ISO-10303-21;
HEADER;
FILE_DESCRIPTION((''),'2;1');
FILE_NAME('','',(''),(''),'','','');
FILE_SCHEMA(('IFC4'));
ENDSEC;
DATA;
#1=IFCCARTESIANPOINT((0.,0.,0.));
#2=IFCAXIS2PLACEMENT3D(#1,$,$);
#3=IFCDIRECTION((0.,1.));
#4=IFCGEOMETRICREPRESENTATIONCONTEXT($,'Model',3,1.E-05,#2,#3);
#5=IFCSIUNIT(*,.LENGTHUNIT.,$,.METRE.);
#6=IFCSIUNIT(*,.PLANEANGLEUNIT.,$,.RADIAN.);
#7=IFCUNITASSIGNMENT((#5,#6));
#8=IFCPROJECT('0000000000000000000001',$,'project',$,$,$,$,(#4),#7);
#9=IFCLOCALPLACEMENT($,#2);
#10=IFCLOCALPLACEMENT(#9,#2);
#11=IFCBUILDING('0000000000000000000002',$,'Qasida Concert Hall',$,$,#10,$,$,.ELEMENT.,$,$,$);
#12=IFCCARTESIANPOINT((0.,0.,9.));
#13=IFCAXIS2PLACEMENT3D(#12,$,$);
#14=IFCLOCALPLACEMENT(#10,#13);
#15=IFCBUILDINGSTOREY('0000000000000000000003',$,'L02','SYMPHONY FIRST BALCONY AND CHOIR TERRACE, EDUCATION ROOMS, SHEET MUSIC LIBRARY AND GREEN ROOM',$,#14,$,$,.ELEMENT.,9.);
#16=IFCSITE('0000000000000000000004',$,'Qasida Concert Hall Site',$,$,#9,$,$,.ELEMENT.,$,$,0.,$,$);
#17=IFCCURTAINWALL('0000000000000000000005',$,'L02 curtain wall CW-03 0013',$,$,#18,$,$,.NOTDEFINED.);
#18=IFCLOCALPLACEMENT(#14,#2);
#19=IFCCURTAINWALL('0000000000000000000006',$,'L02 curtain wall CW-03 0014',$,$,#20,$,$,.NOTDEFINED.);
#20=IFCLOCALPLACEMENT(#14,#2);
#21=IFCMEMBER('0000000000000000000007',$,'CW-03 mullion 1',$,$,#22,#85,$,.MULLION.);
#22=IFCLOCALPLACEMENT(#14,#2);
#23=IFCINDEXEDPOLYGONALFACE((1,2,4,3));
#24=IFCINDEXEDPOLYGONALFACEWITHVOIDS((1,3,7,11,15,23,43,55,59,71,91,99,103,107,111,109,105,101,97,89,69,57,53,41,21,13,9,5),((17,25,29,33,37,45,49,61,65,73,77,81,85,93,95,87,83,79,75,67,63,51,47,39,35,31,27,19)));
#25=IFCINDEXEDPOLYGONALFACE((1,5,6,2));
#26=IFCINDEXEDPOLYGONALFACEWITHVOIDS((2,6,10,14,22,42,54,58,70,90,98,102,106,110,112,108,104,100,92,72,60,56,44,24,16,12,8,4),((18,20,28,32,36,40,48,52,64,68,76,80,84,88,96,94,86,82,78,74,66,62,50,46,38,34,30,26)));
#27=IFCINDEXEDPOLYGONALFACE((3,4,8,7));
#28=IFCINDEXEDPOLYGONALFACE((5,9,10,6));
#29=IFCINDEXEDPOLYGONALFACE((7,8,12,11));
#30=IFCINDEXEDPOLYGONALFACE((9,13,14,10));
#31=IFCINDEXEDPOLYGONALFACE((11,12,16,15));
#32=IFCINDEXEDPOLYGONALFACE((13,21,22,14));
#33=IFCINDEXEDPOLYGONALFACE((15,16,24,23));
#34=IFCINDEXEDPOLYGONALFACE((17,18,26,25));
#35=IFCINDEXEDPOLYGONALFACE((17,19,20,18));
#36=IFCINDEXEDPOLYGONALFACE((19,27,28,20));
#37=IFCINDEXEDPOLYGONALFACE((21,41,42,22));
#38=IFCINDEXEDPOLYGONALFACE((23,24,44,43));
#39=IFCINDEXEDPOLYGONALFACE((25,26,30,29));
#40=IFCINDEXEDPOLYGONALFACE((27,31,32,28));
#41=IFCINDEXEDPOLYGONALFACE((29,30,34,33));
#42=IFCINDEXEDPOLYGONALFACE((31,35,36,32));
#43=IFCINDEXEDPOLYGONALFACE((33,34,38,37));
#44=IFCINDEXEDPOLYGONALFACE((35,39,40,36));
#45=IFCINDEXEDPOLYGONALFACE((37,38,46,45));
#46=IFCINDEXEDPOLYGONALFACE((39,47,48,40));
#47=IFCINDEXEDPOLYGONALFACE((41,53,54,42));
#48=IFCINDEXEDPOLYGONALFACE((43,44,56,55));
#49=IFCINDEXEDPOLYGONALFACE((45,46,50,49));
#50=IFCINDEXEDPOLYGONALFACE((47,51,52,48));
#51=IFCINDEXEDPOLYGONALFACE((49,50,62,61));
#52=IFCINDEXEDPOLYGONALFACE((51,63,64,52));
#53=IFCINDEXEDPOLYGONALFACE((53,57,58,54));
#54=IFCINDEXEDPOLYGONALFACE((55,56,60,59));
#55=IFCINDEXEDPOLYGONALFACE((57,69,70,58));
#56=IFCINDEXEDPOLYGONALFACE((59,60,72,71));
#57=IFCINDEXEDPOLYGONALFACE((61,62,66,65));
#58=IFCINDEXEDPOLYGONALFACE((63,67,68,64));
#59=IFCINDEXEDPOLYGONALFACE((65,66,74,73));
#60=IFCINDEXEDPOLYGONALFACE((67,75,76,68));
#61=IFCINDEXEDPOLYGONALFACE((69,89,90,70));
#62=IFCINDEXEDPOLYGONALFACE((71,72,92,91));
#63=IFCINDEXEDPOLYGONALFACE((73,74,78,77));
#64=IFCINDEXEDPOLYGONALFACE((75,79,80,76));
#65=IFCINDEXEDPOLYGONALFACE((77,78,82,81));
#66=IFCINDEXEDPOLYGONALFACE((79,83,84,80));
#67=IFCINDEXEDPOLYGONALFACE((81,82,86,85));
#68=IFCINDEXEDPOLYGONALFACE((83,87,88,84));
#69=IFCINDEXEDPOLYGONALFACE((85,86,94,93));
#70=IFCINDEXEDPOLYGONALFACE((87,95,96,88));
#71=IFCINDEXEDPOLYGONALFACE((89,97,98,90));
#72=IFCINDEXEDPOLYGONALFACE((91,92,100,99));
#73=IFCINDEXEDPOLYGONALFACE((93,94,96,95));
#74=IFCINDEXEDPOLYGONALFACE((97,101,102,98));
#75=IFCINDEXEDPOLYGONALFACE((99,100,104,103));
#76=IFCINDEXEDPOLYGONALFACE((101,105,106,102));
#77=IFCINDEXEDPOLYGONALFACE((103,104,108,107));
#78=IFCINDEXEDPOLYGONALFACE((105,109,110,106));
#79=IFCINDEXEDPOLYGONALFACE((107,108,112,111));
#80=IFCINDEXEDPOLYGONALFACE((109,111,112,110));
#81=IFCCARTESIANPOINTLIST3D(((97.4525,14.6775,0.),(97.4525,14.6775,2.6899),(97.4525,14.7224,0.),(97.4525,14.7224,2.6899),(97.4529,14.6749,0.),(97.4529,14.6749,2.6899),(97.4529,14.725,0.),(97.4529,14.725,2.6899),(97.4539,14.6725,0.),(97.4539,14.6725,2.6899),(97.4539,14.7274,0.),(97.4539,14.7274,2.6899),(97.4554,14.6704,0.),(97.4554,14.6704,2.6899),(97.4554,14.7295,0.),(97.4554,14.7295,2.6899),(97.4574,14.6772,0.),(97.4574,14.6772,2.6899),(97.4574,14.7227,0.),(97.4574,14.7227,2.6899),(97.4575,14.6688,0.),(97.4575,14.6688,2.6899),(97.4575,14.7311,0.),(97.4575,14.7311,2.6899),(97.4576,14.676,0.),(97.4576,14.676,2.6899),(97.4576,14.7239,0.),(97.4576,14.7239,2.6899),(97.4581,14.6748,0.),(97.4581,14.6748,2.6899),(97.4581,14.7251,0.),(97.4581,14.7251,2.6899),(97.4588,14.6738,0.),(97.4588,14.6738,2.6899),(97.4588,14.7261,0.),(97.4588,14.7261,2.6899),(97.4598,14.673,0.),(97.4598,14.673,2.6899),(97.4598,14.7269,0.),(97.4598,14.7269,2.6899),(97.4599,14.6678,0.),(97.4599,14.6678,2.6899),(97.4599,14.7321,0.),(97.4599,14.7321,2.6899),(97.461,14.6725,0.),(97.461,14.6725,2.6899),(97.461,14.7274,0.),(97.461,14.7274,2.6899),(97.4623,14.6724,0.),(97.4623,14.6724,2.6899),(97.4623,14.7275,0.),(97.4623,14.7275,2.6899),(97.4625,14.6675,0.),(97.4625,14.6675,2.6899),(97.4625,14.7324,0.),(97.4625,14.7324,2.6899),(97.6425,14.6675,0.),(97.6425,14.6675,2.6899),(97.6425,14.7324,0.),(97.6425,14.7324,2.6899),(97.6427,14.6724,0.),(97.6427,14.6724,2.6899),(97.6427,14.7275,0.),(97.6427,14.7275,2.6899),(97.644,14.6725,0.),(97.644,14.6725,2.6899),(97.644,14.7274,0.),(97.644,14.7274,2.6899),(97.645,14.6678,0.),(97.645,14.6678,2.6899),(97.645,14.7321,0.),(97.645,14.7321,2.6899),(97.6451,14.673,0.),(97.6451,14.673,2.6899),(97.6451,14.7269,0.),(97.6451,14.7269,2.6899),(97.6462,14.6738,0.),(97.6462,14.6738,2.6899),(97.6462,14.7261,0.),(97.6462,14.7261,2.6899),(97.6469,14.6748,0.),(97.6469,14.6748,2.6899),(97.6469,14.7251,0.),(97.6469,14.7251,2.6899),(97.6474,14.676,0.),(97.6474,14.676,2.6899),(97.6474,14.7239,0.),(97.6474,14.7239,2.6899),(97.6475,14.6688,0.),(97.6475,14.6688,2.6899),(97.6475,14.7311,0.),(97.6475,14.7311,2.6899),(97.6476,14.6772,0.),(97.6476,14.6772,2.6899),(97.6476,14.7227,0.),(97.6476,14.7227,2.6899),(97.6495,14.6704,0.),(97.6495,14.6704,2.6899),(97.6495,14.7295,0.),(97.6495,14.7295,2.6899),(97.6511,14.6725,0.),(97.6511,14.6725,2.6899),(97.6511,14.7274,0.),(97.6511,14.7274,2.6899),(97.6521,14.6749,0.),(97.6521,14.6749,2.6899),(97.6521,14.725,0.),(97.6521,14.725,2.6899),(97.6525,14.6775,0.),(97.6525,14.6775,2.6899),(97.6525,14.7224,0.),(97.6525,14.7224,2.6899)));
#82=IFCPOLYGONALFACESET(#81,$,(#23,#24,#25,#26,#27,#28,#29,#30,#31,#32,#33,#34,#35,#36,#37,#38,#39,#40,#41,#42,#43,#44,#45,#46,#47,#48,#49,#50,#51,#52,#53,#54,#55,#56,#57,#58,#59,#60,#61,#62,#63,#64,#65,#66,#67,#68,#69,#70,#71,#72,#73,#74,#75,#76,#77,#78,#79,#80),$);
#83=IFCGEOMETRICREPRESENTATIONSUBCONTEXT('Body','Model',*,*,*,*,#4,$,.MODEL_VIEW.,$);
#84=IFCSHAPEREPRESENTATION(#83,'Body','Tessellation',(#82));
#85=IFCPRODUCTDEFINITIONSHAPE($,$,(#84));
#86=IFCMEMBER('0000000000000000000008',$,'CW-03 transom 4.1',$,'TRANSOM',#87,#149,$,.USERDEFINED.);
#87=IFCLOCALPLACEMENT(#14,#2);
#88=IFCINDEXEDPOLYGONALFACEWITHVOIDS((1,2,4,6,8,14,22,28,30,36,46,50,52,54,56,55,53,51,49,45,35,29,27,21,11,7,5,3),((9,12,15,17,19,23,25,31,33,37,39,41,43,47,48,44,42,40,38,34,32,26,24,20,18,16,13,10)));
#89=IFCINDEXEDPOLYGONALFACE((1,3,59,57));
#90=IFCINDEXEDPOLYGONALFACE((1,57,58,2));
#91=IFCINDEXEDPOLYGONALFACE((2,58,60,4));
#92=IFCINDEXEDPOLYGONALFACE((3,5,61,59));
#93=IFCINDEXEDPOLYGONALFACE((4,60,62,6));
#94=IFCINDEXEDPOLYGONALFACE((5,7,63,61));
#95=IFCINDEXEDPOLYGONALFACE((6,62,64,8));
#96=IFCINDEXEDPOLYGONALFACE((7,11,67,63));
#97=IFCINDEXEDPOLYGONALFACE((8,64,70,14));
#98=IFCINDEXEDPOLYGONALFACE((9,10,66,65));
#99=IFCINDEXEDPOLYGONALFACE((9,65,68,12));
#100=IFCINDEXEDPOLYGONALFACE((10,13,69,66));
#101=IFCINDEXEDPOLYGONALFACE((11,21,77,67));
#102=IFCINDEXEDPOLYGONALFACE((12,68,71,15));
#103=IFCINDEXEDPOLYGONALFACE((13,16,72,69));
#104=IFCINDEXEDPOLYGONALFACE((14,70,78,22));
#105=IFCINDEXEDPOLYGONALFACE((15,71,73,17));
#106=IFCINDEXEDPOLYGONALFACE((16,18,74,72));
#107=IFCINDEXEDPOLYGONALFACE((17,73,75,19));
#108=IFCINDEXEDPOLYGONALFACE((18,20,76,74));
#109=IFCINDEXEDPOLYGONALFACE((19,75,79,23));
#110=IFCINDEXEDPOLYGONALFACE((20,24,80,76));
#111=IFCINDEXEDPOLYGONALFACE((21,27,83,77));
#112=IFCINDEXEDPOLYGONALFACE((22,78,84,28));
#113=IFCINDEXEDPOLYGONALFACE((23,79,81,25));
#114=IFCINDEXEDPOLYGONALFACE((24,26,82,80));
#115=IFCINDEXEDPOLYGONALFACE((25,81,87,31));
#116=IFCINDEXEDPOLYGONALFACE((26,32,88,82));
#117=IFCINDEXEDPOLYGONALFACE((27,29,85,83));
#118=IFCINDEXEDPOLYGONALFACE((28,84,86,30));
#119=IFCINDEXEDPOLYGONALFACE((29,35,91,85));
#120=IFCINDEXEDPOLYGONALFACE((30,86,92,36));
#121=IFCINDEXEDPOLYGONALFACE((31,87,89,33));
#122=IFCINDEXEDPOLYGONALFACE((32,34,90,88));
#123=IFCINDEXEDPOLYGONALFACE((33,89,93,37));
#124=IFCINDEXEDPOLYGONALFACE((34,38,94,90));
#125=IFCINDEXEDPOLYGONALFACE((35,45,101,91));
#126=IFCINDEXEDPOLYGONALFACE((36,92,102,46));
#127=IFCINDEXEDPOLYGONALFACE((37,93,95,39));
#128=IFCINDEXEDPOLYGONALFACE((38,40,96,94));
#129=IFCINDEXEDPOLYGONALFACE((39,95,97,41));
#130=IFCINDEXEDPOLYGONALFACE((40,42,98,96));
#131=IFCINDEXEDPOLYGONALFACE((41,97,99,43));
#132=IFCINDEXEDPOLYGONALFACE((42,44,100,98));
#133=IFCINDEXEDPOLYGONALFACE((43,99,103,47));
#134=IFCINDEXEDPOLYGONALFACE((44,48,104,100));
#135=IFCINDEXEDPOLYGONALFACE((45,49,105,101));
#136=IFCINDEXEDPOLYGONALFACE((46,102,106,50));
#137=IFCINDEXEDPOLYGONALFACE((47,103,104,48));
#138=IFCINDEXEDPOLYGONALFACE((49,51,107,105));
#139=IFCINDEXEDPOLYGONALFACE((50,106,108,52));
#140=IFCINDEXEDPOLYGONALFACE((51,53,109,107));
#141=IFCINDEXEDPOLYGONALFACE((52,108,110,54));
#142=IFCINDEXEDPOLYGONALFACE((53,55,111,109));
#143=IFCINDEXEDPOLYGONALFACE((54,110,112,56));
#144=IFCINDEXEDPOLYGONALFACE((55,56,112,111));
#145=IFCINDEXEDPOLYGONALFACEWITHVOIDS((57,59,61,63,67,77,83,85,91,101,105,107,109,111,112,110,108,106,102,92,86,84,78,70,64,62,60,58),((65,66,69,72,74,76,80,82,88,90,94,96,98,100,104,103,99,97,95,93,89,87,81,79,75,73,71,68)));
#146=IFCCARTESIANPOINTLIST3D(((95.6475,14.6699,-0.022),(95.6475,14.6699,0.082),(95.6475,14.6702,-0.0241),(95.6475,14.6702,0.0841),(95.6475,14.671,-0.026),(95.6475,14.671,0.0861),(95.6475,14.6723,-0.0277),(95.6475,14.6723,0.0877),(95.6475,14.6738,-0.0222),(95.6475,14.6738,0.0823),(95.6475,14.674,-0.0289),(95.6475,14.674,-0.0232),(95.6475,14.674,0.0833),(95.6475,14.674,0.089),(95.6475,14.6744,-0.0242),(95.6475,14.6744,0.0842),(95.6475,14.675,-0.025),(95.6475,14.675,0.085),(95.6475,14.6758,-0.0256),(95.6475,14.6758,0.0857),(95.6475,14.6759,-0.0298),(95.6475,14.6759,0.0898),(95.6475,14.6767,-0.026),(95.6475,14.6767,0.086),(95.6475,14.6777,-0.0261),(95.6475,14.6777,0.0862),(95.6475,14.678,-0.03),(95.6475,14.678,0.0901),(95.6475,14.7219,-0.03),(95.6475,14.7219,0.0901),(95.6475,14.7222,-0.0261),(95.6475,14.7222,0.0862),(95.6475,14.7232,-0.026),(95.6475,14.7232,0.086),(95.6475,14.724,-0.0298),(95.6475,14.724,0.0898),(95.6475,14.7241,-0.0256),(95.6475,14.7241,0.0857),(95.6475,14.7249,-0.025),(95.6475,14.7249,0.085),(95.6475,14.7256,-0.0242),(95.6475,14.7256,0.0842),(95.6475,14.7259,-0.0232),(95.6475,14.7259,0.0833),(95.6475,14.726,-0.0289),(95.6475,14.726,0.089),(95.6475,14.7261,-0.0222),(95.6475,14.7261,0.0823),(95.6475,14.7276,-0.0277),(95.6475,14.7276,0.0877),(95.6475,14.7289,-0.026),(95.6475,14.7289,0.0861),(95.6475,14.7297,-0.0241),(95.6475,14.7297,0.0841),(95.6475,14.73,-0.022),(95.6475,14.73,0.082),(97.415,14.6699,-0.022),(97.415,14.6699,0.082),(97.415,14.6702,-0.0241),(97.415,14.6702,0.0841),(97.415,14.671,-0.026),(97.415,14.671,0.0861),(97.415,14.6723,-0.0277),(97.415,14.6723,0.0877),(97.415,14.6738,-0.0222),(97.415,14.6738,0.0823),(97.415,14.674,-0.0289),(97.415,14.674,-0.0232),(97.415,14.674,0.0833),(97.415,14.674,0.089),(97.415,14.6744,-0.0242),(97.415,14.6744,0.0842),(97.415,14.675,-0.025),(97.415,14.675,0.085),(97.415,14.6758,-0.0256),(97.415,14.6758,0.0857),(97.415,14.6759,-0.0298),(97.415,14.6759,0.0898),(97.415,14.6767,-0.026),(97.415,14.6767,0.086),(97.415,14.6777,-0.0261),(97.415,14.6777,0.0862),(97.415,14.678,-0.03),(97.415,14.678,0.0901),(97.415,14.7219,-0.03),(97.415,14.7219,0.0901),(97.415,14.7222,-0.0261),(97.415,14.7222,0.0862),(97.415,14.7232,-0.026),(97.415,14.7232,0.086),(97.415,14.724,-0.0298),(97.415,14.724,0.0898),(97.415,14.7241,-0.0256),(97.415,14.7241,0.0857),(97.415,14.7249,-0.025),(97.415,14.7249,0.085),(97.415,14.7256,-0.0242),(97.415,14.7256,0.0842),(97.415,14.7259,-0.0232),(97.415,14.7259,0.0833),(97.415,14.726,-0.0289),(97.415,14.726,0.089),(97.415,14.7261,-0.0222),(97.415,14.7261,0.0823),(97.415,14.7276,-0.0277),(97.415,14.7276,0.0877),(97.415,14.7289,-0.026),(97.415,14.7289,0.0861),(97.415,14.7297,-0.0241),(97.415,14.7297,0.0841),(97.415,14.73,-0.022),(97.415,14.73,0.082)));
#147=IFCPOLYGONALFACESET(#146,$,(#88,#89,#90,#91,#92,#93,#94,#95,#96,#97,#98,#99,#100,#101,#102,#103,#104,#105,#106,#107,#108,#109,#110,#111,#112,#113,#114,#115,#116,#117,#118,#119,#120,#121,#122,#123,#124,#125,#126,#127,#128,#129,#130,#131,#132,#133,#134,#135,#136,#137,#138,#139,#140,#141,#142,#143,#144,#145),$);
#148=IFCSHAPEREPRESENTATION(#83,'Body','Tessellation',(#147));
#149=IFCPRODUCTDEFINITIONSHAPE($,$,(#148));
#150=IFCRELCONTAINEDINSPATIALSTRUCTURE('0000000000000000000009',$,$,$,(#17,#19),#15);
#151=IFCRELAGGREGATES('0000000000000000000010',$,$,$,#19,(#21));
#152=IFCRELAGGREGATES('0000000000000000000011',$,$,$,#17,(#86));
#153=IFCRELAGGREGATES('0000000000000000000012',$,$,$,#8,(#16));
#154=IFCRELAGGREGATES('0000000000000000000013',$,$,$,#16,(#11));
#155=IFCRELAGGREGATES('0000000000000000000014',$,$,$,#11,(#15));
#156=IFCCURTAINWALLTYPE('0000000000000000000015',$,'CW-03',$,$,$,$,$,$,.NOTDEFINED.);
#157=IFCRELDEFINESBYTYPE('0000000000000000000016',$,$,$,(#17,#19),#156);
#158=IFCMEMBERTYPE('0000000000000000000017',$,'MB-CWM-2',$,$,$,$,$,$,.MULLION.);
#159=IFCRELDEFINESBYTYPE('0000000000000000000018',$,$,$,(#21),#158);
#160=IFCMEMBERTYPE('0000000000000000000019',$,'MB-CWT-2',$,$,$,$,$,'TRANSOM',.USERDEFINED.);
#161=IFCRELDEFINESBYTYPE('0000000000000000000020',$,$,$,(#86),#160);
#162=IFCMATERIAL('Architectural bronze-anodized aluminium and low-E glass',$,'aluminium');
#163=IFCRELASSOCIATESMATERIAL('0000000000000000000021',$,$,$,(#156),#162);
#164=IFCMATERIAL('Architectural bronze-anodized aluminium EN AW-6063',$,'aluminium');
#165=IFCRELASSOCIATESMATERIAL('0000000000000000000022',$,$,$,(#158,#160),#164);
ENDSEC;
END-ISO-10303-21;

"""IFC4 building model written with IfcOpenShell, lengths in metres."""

from ifc_helpers import new_model, si_unit, direction, frame, origin, origin_2d, place, context, subcontext, project, spatial, hollow_rectangle, extrude, material, material_profile, profile_set, type_object, element, aggregate, save


model = new_model("IFC4")

# Units and contexts
model_context = context("Model", 3, precision=1e-05, world=origin(), true_north=direction((0.0, 1.0)))
body_context = subcontext(model_context, "Body", "Model", "MODEL_VIEW")
ifc_project = project(units=[si_unit("LENGTHUNIT", "METRE"), si_unit("PLANEANGLEUNIT", "RADIAN")], contexts=[model_context])

# Site, building, storey
site_placement = place(None, origin())
site = spatial("IfcSite", under=ifc_project, at=site_placement, Name="Qasida Concert Hall Site", CompositionType="ELEMENT", RefElevation=0.0)
building_placement = place(site_placement, origin())
building = spatial("IfcBuilding", under=site, at=building_placement, Name="Qasida Concert Hall", CompositionType="ELEMENT")
storey_placement = place(building_placement, frame((0.0, 0.0, 9.0)))
storey = spatial("IfcBuildingStorey", under=building, at=storey_placement, Name="L02", Description="SYMPHONY FIRST BALCONY AND CHOIR TERRACE, EDUCATION ROOMS, SHEET MUSIC LIBRARY AND GREEN ROOM", CompositionType="ELEMENT", Elevation=9.0)

# Curtain wall
ifc_material_1 = material(Name="Architectural bronze-anodized aluminium and low-E glass", Category="aluminium")
curtain_wall_type = type_object("IfcCurtainWallType", Name="CW-03", PredefinedType="NOTDEFINED", material=ifc_material_1)
curtain_wall_1_placement = place(storey_placement, origin())
curtain_wall_1 = element("IfcCurtainWall", 1, at=curtain_wall_1_placement, inside=storey, type_object=curtain_wall_type, Name="L02 curtain wall CW-03 0013", PredefinedType="NOTDEFINED")
ifc_material_2 = material(Name="Architectural bronze-anodized aluminium EN AW-6063", Category="aluminium")
ifc_material_profile_1 = material_profile(ifc_material_2, hollow_rectangle(XDim=0.0649, YDim=0.2, WallThickness=0.0049, InnerFilletRadius=0.0049, OuterFilletRadius=0.01, at=origin_2d()), Name="CWM 200x65x5")
ifc_profile_set_1 = profile_set([ifc_material_profile_1], Name="Architectural bronze-anodized aluminium EN AW-6063")
member_type_1 = type_object("IfcMemberType", Name="MB-CWM-2", PredefinedType="MULLION", material=ifc_profile_set_1)

# Curtain wall, member
curtain_wall_2_placement = place(storey_placement, origin())
curtain_wall_2 = element("IfcCurtainWall", 2, at=curtain_wall_2_placement, inside=storey, type_object=curtain_wall_type, Name="L02 curtain wall CW-03 0014", PredefinedType="NOTDEFINED")
member_1_placement = place(storey_placement, frame((97.5525, 14.7, 0.0), z_axis=(0.0, 0.0, 1.0), x_axis=(0.0, 1.0, 0.0)))
member_1 = element("IfcMember", 3, at=member_1_placement, type_object=member_type_1, Name="CW-03 mullion 1", PredefinedType="MULLION", context=body_context, shape_type="SweptSolid", body=[
    extrude(hollow_rectangle(XDim=0.0649, YDim=0.2, WallThickness=0.0049, InnerFilletRadius=0.0049, OuterFilletRadius=0.01, at=origin_2d()), origin(), (0.0, 0.0, 1.0), 2.6899),
])

# Member
ifc_material_profile_2 = material_profile(ifc_material_2, hollow_rectangle(XDim=0.0601, YDim=0.1201, WallThickness=0.0039, InnerFilletRadius=0.0039, OuterFilletRadius=0.0081, at=origin_2d()), Name="CWT 120x60x4")
ifc_profile_set_2 = profile_set([ifc_material_profile_2], Name="Architectural bronze-anodized aluminium EN AW-6063")
member_type_2 = type_object("IfcMemberType", Name="MB-CWT-2", ElementType="TRANSOM", PredefinedType="USERDEFINED", material=ifc_profile_set_2)
member_2_placement = place(storey_placement, frame((95.6475, 14.7, 0.03), z_axis=(1.0, 0.0, 0.0), x_axis=(0.0, 1.0, 0.0)))
member_2 = element("IfcMember", 4, at=member_2_placement, type_object=member_type_2, Name="CW-03 transom 4.1", ObjectType="TRANSOM", PredefinedType="USERDEFINED", context=body_context, shape_type="SweptSolid", body=[
    extrude(hollow_rectangle(XDim=0.0601, YDim=0.1201, WallThickness=0.0039, InnerFilletRadius=0.0039, OuterFilletRadius=0.0081, at=origin_2d()), origin(), (0.0, 0.0, 1.0), 1.7676),
])
aggregate(curtain_wall_2, [member_1])

aggregate(curtain_wall_1, [member_2])

save(model, "model.ifc")
